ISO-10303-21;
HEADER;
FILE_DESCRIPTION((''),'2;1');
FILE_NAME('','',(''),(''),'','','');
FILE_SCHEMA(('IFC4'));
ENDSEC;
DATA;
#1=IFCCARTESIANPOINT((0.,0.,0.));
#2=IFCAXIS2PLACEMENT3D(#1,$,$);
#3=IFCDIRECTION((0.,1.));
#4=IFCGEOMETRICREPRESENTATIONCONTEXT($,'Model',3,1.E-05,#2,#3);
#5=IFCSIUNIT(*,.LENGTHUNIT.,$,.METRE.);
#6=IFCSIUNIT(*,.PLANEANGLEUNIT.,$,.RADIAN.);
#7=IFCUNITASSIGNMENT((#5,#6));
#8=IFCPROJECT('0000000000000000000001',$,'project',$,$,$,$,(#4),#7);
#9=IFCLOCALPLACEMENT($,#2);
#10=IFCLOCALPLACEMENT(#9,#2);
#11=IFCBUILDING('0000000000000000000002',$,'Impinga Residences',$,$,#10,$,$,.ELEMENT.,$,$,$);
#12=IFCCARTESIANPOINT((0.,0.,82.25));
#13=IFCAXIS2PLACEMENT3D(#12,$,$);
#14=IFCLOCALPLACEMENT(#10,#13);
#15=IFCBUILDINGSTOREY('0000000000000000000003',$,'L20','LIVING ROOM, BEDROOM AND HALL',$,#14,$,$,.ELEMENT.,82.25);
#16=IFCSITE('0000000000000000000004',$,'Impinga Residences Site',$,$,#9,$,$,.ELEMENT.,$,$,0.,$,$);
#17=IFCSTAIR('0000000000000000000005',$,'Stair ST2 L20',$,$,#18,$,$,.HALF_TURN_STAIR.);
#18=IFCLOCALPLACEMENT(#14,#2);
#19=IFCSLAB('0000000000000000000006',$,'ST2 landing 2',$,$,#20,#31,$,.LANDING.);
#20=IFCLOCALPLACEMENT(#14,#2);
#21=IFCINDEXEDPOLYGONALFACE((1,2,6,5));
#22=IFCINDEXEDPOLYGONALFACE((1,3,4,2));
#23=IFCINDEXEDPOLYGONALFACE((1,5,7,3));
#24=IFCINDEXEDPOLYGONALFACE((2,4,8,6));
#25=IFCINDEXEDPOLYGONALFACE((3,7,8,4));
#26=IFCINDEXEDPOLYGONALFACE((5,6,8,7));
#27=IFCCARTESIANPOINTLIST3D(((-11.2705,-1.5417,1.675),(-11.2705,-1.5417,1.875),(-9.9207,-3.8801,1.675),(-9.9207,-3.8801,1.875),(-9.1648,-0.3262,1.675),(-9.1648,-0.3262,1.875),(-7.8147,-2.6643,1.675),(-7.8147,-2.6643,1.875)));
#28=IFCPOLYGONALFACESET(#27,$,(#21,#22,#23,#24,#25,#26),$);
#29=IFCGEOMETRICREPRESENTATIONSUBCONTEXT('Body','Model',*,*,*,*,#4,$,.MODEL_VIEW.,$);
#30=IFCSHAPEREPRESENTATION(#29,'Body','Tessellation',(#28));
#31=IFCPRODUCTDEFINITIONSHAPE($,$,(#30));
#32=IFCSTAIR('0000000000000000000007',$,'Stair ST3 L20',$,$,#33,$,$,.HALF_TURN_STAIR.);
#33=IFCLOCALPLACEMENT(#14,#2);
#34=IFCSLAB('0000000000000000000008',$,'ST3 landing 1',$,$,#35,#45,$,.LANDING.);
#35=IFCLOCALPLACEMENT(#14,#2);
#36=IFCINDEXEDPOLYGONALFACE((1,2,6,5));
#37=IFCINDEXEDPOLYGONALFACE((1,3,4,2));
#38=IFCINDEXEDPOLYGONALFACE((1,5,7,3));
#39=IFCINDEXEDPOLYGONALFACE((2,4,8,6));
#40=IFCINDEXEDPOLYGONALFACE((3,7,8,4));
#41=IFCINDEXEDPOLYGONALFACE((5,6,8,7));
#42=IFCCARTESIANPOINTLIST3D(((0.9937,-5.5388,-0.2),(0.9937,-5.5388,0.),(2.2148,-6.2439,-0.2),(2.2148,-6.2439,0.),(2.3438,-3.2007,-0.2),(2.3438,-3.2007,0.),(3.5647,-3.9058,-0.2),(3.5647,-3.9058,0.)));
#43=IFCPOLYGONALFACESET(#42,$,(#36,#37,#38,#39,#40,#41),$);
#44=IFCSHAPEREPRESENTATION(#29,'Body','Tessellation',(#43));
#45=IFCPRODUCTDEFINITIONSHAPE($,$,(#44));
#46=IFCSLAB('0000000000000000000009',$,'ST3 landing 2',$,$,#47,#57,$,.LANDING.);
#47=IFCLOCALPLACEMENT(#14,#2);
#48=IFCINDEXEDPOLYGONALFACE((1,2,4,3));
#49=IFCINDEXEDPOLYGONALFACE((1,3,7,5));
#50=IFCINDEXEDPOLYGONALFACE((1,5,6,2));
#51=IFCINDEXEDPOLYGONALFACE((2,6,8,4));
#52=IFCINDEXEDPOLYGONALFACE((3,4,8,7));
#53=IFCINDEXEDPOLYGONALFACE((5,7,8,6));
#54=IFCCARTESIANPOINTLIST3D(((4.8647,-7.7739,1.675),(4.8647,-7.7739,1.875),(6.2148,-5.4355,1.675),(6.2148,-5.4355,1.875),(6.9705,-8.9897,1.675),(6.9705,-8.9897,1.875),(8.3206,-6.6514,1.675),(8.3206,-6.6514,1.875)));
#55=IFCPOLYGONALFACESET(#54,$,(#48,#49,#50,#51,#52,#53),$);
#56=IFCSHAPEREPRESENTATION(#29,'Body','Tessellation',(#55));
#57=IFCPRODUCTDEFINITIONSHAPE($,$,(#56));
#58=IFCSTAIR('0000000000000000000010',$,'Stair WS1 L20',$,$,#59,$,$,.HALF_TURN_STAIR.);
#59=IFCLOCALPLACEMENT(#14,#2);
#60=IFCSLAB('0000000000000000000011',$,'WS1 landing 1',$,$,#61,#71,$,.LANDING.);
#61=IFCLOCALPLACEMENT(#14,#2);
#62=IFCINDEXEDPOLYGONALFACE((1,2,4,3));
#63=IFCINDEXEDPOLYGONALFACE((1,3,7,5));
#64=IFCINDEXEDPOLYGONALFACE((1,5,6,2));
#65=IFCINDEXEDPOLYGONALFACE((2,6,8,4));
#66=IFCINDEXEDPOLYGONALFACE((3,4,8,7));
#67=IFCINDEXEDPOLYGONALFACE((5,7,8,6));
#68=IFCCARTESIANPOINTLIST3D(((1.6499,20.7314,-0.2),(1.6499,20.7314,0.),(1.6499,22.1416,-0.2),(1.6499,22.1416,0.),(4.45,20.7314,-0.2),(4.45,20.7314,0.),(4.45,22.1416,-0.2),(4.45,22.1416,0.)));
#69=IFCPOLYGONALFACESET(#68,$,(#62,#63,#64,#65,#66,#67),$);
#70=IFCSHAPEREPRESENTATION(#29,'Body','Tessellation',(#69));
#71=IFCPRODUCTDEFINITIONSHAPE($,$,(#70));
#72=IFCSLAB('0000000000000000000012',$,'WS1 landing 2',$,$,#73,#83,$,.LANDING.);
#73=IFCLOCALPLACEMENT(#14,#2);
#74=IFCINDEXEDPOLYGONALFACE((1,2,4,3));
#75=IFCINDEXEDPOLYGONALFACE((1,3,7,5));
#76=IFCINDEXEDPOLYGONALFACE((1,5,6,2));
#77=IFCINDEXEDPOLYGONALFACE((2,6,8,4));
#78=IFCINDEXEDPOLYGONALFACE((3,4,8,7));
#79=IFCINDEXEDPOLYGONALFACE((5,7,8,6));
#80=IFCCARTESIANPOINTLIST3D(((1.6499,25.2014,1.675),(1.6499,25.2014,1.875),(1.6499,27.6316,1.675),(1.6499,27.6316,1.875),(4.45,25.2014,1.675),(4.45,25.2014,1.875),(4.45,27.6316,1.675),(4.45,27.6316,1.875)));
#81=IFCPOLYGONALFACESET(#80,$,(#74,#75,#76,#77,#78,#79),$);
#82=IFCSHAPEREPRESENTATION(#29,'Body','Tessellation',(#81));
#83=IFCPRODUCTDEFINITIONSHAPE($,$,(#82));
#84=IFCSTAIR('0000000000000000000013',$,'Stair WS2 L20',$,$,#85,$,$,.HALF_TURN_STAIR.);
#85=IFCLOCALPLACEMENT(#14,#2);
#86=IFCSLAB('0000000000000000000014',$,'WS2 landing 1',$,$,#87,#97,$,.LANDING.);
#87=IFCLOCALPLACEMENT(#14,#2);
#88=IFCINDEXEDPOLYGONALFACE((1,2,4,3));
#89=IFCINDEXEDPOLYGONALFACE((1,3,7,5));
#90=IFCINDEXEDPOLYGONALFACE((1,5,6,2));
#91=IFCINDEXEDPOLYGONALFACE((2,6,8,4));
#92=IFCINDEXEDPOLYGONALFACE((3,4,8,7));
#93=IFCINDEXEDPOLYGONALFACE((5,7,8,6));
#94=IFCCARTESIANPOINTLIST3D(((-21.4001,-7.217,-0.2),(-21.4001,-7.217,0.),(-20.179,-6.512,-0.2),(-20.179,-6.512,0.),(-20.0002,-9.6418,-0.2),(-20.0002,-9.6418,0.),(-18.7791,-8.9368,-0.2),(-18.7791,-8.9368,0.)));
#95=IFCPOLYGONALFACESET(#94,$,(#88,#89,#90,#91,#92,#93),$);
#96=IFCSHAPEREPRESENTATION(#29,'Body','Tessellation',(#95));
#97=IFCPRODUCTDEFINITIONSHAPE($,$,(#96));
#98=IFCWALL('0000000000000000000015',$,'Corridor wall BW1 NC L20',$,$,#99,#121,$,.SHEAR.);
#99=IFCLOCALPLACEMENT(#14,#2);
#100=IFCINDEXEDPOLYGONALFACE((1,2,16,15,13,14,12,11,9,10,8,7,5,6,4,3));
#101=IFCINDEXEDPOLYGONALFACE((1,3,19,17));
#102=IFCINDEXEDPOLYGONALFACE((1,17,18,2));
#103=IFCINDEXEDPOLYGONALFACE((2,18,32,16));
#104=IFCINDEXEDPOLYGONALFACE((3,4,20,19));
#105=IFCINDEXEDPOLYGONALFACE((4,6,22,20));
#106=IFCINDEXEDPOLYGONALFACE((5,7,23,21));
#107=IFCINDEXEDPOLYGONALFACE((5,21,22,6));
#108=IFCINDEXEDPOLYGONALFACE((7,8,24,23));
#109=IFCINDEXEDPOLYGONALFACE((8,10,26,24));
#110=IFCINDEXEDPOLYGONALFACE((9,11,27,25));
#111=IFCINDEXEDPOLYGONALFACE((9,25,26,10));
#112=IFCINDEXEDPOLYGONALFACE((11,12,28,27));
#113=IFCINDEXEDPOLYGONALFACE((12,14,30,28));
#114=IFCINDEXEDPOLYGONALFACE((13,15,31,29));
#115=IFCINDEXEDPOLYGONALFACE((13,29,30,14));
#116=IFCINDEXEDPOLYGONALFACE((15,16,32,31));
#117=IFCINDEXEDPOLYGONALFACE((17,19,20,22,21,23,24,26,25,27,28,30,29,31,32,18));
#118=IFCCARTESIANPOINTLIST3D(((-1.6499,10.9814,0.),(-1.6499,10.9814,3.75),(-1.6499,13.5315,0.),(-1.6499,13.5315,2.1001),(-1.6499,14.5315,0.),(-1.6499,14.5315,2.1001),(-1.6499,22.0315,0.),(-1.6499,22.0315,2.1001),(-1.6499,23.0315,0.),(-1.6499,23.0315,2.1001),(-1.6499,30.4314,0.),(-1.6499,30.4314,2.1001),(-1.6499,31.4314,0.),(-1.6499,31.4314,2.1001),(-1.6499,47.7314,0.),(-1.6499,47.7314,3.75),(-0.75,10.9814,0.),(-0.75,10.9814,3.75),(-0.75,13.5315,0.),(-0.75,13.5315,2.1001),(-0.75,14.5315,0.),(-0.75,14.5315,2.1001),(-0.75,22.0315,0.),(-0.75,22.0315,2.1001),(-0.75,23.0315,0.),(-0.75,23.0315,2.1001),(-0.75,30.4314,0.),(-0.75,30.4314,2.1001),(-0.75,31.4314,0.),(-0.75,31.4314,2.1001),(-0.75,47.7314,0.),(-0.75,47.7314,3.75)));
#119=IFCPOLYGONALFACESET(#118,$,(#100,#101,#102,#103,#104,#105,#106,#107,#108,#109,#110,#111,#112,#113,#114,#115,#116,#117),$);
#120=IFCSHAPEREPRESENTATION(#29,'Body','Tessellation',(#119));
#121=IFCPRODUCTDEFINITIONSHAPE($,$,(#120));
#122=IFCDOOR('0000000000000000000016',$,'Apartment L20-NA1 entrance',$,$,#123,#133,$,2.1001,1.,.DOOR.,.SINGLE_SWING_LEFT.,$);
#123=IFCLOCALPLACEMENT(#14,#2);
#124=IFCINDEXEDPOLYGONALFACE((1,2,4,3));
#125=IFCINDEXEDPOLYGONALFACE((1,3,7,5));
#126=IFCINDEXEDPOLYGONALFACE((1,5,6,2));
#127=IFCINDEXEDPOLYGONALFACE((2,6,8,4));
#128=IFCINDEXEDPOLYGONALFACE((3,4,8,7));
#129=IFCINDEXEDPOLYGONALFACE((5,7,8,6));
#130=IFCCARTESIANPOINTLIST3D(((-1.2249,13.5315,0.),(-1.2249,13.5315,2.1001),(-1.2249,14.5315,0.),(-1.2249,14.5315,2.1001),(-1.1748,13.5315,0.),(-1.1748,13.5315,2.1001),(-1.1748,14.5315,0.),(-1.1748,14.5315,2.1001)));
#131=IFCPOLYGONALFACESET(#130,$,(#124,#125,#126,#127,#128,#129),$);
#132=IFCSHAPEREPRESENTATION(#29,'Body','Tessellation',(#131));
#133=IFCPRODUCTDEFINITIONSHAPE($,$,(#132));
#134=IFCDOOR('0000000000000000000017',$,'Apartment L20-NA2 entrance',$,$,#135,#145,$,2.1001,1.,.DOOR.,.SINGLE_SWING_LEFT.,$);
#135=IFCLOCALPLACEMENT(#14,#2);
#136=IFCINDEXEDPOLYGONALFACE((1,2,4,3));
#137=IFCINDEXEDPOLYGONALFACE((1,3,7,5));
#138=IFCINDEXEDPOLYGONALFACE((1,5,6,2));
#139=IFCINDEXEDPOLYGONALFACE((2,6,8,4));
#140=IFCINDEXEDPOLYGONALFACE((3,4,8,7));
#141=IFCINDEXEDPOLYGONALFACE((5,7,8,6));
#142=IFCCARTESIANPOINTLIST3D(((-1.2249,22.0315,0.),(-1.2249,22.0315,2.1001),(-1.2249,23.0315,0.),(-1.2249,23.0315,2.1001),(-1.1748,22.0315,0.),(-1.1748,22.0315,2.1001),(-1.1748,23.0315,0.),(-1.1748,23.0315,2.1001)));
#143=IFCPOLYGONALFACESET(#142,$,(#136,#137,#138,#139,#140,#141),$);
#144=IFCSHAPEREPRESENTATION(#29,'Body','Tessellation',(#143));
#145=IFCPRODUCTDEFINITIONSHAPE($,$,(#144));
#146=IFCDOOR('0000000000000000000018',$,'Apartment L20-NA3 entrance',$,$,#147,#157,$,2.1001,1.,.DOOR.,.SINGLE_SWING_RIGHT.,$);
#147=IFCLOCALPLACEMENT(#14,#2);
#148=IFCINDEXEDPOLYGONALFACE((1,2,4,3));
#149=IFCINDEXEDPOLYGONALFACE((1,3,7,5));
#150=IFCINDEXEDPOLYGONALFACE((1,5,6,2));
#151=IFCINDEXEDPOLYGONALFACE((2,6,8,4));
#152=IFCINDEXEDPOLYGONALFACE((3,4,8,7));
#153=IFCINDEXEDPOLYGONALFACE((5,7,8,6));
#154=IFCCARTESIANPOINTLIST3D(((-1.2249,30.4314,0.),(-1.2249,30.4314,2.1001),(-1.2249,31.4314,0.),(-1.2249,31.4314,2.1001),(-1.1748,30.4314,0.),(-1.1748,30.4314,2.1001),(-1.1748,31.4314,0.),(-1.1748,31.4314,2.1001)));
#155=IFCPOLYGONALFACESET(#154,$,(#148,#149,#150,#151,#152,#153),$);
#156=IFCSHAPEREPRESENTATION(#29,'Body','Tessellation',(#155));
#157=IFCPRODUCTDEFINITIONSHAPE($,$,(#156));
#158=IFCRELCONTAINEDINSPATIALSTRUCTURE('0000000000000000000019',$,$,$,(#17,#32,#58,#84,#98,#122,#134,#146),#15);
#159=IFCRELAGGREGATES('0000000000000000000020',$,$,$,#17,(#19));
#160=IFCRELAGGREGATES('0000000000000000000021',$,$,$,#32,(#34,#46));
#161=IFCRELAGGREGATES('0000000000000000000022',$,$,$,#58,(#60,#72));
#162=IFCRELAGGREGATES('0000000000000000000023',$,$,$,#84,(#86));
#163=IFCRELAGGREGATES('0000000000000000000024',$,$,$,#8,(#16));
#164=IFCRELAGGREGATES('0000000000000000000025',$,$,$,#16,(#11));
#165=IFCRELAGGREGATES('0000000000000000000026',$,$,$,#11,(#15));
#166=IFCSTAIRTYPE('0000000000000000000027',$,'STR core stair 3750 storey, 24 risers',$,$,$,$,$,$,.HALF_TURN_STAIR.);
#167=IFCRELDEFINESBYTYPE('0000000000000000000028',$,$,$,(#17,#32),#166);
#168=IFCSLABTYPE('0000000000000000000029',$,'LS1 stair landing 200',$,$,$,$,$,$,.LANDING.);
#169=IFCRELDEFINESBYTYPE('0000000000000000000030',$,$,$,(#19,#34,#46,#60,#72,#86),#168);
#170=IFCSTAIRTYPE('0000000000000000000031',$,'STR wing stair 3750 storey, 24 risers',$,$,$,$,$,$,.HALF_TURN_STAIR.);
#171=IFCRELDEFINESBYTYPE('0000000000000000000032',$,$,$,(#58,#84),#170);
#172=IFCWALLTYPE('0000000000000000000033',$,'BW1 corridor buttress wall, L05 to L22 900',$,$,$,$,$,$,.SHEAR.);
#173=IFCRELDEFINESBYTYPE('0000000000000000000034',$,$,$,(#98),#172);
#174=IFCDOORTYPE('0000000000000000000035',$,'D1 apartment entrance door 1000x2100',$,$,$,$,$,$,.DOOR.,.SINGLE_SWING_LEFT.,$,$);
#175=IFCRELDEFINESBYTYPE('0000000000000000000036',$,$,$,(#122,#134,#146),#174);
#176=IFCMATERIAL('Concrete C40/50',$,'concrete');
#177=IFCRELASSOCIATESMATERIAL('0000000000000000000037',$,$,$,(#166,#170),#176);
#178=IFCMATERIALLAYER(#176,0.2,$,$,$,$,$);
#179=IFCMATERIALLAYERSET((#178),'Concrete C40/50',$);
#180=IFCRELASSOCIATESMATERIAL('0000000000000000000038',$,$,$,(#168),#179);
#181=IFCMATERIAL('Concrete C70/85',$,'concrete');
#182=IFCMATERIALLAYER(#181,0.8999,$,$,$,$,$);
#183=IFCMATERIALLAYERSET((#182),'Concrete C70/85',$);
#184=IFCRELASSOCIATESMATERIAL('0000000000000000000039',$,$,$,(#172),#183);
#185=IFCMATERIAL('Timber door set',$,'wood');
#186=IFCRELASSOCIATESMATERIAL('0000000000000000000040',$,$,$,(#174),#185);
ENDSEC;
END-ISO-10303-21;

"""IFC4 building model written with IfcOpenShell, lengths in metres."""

from ifc_helpers import new_model, si_unit, direction, frame, frame_2d, origin, place, context, subcontext, project, spatial, polyline, rectangle, outline, extrude, material, layer, layer_set, type_object, element, fill, aggregate, save


model = new_model("IFC4")

# Units and contexts
model_context = context("Model", 3, precision=1e-05, world=origin(), true_north=direction((0.0, 1.0)))
body_context = subcontext(model_context, "Body", "Model", "MODEL_VIEW")
ifc_project = project(units=[si_unit("LENGTHUNIT", "METRE"), si_unit("PLANEANGLEUNIT", "RADIAN")], contexts=[model_context])

# Site, building, storey
site_placement = place(None, origin())
site = spatial("IfcSite", under=ifc_project, at=site_placement, Name="Impinga Residences Site", CompositionType="ELEMENT", RefElevation=0.0)
building_placement = place(site_placement, origin())
building = spatial("IfcBuilding", under=site, at=building_placement, Name="Impinga Residences", CompositionType="ELEMENT")
storey_placement = place(building_placement, frame((0.0, 0.0, 82.25)))
storey = spatial("IfcBuildingStorey", under=building, at=storey_placement, Name="L20", Description="LIVING ROOM, BEDROOM AND HALL", CompositionType="ELEMENT", Elevation=82.25)

# Stair, slab
ifc_material_1 = material(Name="Concrete C40/50", Category="concrete")
stair_type_1 = type_object("IfcStairType", Name="STR core stair 3750 storey, 24 risers", PredefinedType="HALF_TURN_STAIR", material=ifc_material_1)
stair_1_placement = place(storey_placement, origin())
stair_1 = element("IfcStair", 1, at=stair_1_placement, inside=storey, type_object=stair_type_1, Name="Stair ST2 L20", PredefinedType="HALF_TURN_STAIR")
ifc_layer_1 = layer(ifc_material_1, 0.2)
ifc_layer_set_1 = layer_set([ifc_layer_1], Name="Concrete C40/50")
slab_type = type_object("IfcSlabType", Name="LS1 stair landing 200", PredefinedType="LANDING", material=ifc_layer_set_1)
slab_1_placement = place(storey_placement, frame((0.0, 0.0, 1.675)))
slab_1 = element("IfcSlab", 2, at=slab_1_placement, type_object=slab_type, Name="ST2 landing 2", PredefinedType="LANDING", context=body_context, shape_type="SweptSolid", body=[
    extrude(outline(polyline([(-7.8147, -2.6643), (-9.1648, -0.3262), (-11.2705, -1.5417), (-9.9207, -3.8801), (-7.8147, -2.6643)])), origin(), (0.0, 0.0, 1.0), 0.2),
])
aggregate(stair_1, [slab_1])

# Stairs, slabs
stair_2_placement = place(storey_placement, origin())
stair_2 = element("IfcStair", 3, at=stair_2_placement, inside=storey, type_object=stair_type_1, Name="Stair ST3 L20", PredefinedType="HALF_TURN_STAIR")
slab_2_placement = place(storey_placement, frame((0.0, 0.0, -0.2)))
slab_2 = element("IfcSlab", 4, at=slab_2_placement, type_object=slab_type, Name="ST3 landing 1", PredefinedType="LANDING", context=body_context, shape_type="SweptSolid", body=[
    extrude(outline(polyline([(2.3438, -3.2007), (0.9937, -5.5388), (2.2148, -6.2439), (3.5647, -3.9058), (2.3438, -3.2007)])), origin(), (0.0, 0.0, 1.0), 0.2),
])
slab_3_placement = place(storey_placement, frame((0.0, 0.0, 1.675)))
slab_3 = element("IfcSlab", 5, at=slab_3_placement, type_object=slab_type, Name="ST3 landing 2", PredefinedType="LANDING", context=body_context, shape_type="SweptSolid", body=[
    extrude(outline(polyline([(6.2148, -5.4355), (4.8647, -7.7739), (6.9705, -8.9897), (8.3206, -6.6514), (6.2148, -5.4355)])), origin(), (0.0, 0.0, 1.0), 0.2),
])
aggregate(stair_2, [slab_2, slab_3])
stair_type_2 = type_object("IfcStairType", Name="STR wing stair 3750 storey, 24 risers", PredefinedType="HALF_TURN_STAIR", material=ifc_material_1)
stair_3_placement = place(storey_placement, origin())
stair_3 = element("IfcStair", 6, at=stair_3_placement, inside=storey, type_object=stair_type_2, Name="Stair WS1 L20", PredefinedType="HALF_TURN_STAIR")
slab_4_placement = place(storey_placement, frame((0.0, 0.0, -0.2)))
slab_4 = element("IfcSlab", 7, at=slab_4_placement, type_object=slab_type, Name="WS1 landing 1", PredefinedType="LANDING", context=body_context, shape_type="SweptSolid", body=[
    extrude(outline(polyline([(1.6499, 20.7314), (4.45, 20.7314), (4.45, 22.1416), (1.6499, 22.1416), (1.6499, 20.7314)])), origin(), (0.0, 0.0, 1.0), 0.2),
])
slab_5_placement = place(storey_placement, frame((0.0, 0.0, 1.675)))
slab_5 = element("IfcSlab", 8, at=slab_5_placement, type_object=slab_type, Name="WS1 landing 2", PredefinedType="LANDING", context=body_context, shape_type="SweptSolid", body=[
    extrude(outline(polyline([(1.6499, 25.2014), (4.45, 25.2014), (4.45, 27.6316), (1.6499, 27.6316), (1.6499, 25.2014)])), origin(), (0.0, 0.0, 1.0), 0.2),
])
aggregate(stair_3, [slab_4, slab_5])

# Stair, slab
stair_4_placement = place(storey_placement, origin())
stair_4 = element("IfcStair", 9, at=stair_4_placement, inside=storey, type_object=stair_type_2, Name="Stair WS2 L20", PredefinedType="HALF_TURN_STAIR")
slab_6_placement = place(storey_placement, frame((0.0, 0.0, -0.2)))
slab_6 = element("IfcSlab", 10, at=slab_6_placement, type_object=slab_type, Name="WS2 landing 1", PredefinedType="LANDING", context=body_context, shape_type="SweptSolid", body=[
    extrude(outline(polyline([(-18.7791, -8.9368), (-20.179, -6.512), (-21.4001, -7.217), (-20.0002, -9.6418), (-18.7791, -8.9368)])), origin(), (0.0, 0.0, 1.0), 0.2),
])
aggregate(stair_4, [slab_6])

# Wall, openings, doors
ifc_material_2 = material(Name="Concrete C70/85", Category="concrete")
ifc_layer_2 = layer(ifc_material_2, 0.8999)
ifc_layer_set_2 = layer_set([ifc_layer_2], Name="Concrete C70/85")
wall_type_1 = type_object("IfcWallType", Name="BW1 corridor buttress wall, L05 to L22 900", PredefinedType="SHEAR", material=ifc_layer_set_2)
wall_1_placement = place(storey_placement, frame((-1.2, 10.9814, 0.0), z_axis=(0.0, 0.0, 1.0), x_axis=(0.0, 1.0, 0.0)))
wall_1 = element("IfcWall", 11, at=wall_1_placement, inside=storey, type_object=wall_type_1, Name="Corridor wall BW1 NC L20", PredefinedType="SHEAR", context=body_context, shape_type="SweptSolid", body=[
    extrude(rectangle(XDim=36.75, YDim=0.8999, at=frame_2d((18.375, 0.0))), origin(), (0.0, 0.0, 1.0), 3.75),
])
opening_1_placement = place(wall_1_placement, frame((2.55, 0.0, 0.0)))
opening_1 = element("IfcOpeningElement", 12, at=opening_1_placement, cuts=wall_1, PredefinedType="OPENING", context=body_context, shape_type="SweptSolid", body=[
    extrude(rectangle(XDim=1.0, YDim=2.1001, at=frame_2d((0.5, 1.05))), frame((0.0, 0.46, 0.0), z_axis=(0.0, -1.0, 0.0), x_axis=(1.0, 0.0, 0.0)), (0.0, 0.0, 1.0), 0.9199),
])
opening_2_placement = place(wall_1_placement, frame((11.05, 0.0, 0.0)))
opening_2 = element("IfcOpeningElement", 13, at=opening_2_placement, cuts=wall_1, PredefinedType="OPENING", context=body_context, shape_type="SweptSolid", body=[
    extrude(rectangle(XDim=1.0, YDim=2.1001, at=frame_2d((0.5, 1.05))), frame((0.0, 0.46, 0.0), z_axis=(0.0, -1.0, 0.0), x_axis=(1.0, 0.0, 0.0)), (0.0, 0.0, 1.0), 0.9199),
])
opening_3_placement = place(wall_1_placement, frame((19.45, 0.0, 0.0)))
opening_3 = element("IfcOpeningElement", 14, at=opening_3_placement, cuts=wall_1, PredefinedType="OPENING", context=body_context, shape_type="SweptSolid", body=[
    extrude(rectangle(XDim=1.0, YDim=2.1001, at=frame_2d((0.5, 1.05))), frame((0.0, 0.46, 0.0), z_axis=(0.0, -1.0, 0.0), x_axis=(1.0, 0.0, 0.0)), (0.0, 0.0, 1.0), 0.9199),
])
ifc_material_3 = material(Name="Timber door set", Category="wood")
door_type_1 = type_object("IfcDoorType", Name="D1 apartment entrance door 1000x2100", OperationType="SINGLE_SWING_LEFT", PredefinedType="DOOR", material=ifc_material_3)
door_1_placement = place(opening_1_placement, origin())
door_1 = element("IfcDoor", 15, at=door_1_placement, inside=storey, type_object=door_type_1, Name="Apartment L20-NA1 entrance", OperationType="SINGLE_SWING_LEFT", OverallHeight=2.1001, OverallWidth=1.0, PredefinedType="DOOR", context=body_context, shape_type="SweptSolid", body=[
    extrude(rectangle(XDim=1.0, YDim=2.1001, at=frame_2d((0.5, 1.05))), frame((0.0, 0.0249, 0.0), z_axis=(0.0, -1.0, 0.0), x_axis=(1.0, 0.0, 0.0)), (0.0, 0.0, 1.0), 0.05),
])
fill(opening_1, door_1)
door_2_placement = place(opening_2_placement, origin())
door_2 = element("IfcDoor", 16, at=door_2_placement, inside=storey, type_object=door_type_1, Name="Apartment L20-NA2 entrance", OperationType="SINGLE_SWING_LEFT", OverallHeight=2.1001, OverallWidth=1.0, PredefinedType="DOOR", context=body_context, shape_type="SweptSolid", body=[
    extrude(rectangle(XDim=1.0, YDim=2.1001, at=frame_2d((0.5, 1.05))), frame((0.0, 0.0249, 0.0), z_axis=(0.0, -1.0, 0.0), x_axis=(1.0, 0.0, 0.0)), (0.0, 0.0, 1.0), 0.05),
])
fill(opening_2, door_2)
door_3_placement = place(opening_3_placement, origin())
door_3 = element("IfcDoor", 17, at=door_3_placement, inside=storey, type_object=door_type_1, Name="Apartment L20-NA3 entrance", OperationType="SINGLE_SWING_RIGHT", OverallHeight=2.1001, OverallWidth=1.0, PredefinedType="DOOR", context=body_context, shape_type="SweptSolid", body=[
    extrude(rectangle(XDim=1.0, YDim=2.1001, at=frame_2d((0.5, 1.05))), frame((0.0, 0.0249, 0.0), z_axis=(0.0, -1.0, 0.0), x_axis=(1.0, 0.0, 0.0)), (0.0, 0.0, 1.0), 0.05),
])
fill(opening_3, door_3)

save(model, "model.ifc")
